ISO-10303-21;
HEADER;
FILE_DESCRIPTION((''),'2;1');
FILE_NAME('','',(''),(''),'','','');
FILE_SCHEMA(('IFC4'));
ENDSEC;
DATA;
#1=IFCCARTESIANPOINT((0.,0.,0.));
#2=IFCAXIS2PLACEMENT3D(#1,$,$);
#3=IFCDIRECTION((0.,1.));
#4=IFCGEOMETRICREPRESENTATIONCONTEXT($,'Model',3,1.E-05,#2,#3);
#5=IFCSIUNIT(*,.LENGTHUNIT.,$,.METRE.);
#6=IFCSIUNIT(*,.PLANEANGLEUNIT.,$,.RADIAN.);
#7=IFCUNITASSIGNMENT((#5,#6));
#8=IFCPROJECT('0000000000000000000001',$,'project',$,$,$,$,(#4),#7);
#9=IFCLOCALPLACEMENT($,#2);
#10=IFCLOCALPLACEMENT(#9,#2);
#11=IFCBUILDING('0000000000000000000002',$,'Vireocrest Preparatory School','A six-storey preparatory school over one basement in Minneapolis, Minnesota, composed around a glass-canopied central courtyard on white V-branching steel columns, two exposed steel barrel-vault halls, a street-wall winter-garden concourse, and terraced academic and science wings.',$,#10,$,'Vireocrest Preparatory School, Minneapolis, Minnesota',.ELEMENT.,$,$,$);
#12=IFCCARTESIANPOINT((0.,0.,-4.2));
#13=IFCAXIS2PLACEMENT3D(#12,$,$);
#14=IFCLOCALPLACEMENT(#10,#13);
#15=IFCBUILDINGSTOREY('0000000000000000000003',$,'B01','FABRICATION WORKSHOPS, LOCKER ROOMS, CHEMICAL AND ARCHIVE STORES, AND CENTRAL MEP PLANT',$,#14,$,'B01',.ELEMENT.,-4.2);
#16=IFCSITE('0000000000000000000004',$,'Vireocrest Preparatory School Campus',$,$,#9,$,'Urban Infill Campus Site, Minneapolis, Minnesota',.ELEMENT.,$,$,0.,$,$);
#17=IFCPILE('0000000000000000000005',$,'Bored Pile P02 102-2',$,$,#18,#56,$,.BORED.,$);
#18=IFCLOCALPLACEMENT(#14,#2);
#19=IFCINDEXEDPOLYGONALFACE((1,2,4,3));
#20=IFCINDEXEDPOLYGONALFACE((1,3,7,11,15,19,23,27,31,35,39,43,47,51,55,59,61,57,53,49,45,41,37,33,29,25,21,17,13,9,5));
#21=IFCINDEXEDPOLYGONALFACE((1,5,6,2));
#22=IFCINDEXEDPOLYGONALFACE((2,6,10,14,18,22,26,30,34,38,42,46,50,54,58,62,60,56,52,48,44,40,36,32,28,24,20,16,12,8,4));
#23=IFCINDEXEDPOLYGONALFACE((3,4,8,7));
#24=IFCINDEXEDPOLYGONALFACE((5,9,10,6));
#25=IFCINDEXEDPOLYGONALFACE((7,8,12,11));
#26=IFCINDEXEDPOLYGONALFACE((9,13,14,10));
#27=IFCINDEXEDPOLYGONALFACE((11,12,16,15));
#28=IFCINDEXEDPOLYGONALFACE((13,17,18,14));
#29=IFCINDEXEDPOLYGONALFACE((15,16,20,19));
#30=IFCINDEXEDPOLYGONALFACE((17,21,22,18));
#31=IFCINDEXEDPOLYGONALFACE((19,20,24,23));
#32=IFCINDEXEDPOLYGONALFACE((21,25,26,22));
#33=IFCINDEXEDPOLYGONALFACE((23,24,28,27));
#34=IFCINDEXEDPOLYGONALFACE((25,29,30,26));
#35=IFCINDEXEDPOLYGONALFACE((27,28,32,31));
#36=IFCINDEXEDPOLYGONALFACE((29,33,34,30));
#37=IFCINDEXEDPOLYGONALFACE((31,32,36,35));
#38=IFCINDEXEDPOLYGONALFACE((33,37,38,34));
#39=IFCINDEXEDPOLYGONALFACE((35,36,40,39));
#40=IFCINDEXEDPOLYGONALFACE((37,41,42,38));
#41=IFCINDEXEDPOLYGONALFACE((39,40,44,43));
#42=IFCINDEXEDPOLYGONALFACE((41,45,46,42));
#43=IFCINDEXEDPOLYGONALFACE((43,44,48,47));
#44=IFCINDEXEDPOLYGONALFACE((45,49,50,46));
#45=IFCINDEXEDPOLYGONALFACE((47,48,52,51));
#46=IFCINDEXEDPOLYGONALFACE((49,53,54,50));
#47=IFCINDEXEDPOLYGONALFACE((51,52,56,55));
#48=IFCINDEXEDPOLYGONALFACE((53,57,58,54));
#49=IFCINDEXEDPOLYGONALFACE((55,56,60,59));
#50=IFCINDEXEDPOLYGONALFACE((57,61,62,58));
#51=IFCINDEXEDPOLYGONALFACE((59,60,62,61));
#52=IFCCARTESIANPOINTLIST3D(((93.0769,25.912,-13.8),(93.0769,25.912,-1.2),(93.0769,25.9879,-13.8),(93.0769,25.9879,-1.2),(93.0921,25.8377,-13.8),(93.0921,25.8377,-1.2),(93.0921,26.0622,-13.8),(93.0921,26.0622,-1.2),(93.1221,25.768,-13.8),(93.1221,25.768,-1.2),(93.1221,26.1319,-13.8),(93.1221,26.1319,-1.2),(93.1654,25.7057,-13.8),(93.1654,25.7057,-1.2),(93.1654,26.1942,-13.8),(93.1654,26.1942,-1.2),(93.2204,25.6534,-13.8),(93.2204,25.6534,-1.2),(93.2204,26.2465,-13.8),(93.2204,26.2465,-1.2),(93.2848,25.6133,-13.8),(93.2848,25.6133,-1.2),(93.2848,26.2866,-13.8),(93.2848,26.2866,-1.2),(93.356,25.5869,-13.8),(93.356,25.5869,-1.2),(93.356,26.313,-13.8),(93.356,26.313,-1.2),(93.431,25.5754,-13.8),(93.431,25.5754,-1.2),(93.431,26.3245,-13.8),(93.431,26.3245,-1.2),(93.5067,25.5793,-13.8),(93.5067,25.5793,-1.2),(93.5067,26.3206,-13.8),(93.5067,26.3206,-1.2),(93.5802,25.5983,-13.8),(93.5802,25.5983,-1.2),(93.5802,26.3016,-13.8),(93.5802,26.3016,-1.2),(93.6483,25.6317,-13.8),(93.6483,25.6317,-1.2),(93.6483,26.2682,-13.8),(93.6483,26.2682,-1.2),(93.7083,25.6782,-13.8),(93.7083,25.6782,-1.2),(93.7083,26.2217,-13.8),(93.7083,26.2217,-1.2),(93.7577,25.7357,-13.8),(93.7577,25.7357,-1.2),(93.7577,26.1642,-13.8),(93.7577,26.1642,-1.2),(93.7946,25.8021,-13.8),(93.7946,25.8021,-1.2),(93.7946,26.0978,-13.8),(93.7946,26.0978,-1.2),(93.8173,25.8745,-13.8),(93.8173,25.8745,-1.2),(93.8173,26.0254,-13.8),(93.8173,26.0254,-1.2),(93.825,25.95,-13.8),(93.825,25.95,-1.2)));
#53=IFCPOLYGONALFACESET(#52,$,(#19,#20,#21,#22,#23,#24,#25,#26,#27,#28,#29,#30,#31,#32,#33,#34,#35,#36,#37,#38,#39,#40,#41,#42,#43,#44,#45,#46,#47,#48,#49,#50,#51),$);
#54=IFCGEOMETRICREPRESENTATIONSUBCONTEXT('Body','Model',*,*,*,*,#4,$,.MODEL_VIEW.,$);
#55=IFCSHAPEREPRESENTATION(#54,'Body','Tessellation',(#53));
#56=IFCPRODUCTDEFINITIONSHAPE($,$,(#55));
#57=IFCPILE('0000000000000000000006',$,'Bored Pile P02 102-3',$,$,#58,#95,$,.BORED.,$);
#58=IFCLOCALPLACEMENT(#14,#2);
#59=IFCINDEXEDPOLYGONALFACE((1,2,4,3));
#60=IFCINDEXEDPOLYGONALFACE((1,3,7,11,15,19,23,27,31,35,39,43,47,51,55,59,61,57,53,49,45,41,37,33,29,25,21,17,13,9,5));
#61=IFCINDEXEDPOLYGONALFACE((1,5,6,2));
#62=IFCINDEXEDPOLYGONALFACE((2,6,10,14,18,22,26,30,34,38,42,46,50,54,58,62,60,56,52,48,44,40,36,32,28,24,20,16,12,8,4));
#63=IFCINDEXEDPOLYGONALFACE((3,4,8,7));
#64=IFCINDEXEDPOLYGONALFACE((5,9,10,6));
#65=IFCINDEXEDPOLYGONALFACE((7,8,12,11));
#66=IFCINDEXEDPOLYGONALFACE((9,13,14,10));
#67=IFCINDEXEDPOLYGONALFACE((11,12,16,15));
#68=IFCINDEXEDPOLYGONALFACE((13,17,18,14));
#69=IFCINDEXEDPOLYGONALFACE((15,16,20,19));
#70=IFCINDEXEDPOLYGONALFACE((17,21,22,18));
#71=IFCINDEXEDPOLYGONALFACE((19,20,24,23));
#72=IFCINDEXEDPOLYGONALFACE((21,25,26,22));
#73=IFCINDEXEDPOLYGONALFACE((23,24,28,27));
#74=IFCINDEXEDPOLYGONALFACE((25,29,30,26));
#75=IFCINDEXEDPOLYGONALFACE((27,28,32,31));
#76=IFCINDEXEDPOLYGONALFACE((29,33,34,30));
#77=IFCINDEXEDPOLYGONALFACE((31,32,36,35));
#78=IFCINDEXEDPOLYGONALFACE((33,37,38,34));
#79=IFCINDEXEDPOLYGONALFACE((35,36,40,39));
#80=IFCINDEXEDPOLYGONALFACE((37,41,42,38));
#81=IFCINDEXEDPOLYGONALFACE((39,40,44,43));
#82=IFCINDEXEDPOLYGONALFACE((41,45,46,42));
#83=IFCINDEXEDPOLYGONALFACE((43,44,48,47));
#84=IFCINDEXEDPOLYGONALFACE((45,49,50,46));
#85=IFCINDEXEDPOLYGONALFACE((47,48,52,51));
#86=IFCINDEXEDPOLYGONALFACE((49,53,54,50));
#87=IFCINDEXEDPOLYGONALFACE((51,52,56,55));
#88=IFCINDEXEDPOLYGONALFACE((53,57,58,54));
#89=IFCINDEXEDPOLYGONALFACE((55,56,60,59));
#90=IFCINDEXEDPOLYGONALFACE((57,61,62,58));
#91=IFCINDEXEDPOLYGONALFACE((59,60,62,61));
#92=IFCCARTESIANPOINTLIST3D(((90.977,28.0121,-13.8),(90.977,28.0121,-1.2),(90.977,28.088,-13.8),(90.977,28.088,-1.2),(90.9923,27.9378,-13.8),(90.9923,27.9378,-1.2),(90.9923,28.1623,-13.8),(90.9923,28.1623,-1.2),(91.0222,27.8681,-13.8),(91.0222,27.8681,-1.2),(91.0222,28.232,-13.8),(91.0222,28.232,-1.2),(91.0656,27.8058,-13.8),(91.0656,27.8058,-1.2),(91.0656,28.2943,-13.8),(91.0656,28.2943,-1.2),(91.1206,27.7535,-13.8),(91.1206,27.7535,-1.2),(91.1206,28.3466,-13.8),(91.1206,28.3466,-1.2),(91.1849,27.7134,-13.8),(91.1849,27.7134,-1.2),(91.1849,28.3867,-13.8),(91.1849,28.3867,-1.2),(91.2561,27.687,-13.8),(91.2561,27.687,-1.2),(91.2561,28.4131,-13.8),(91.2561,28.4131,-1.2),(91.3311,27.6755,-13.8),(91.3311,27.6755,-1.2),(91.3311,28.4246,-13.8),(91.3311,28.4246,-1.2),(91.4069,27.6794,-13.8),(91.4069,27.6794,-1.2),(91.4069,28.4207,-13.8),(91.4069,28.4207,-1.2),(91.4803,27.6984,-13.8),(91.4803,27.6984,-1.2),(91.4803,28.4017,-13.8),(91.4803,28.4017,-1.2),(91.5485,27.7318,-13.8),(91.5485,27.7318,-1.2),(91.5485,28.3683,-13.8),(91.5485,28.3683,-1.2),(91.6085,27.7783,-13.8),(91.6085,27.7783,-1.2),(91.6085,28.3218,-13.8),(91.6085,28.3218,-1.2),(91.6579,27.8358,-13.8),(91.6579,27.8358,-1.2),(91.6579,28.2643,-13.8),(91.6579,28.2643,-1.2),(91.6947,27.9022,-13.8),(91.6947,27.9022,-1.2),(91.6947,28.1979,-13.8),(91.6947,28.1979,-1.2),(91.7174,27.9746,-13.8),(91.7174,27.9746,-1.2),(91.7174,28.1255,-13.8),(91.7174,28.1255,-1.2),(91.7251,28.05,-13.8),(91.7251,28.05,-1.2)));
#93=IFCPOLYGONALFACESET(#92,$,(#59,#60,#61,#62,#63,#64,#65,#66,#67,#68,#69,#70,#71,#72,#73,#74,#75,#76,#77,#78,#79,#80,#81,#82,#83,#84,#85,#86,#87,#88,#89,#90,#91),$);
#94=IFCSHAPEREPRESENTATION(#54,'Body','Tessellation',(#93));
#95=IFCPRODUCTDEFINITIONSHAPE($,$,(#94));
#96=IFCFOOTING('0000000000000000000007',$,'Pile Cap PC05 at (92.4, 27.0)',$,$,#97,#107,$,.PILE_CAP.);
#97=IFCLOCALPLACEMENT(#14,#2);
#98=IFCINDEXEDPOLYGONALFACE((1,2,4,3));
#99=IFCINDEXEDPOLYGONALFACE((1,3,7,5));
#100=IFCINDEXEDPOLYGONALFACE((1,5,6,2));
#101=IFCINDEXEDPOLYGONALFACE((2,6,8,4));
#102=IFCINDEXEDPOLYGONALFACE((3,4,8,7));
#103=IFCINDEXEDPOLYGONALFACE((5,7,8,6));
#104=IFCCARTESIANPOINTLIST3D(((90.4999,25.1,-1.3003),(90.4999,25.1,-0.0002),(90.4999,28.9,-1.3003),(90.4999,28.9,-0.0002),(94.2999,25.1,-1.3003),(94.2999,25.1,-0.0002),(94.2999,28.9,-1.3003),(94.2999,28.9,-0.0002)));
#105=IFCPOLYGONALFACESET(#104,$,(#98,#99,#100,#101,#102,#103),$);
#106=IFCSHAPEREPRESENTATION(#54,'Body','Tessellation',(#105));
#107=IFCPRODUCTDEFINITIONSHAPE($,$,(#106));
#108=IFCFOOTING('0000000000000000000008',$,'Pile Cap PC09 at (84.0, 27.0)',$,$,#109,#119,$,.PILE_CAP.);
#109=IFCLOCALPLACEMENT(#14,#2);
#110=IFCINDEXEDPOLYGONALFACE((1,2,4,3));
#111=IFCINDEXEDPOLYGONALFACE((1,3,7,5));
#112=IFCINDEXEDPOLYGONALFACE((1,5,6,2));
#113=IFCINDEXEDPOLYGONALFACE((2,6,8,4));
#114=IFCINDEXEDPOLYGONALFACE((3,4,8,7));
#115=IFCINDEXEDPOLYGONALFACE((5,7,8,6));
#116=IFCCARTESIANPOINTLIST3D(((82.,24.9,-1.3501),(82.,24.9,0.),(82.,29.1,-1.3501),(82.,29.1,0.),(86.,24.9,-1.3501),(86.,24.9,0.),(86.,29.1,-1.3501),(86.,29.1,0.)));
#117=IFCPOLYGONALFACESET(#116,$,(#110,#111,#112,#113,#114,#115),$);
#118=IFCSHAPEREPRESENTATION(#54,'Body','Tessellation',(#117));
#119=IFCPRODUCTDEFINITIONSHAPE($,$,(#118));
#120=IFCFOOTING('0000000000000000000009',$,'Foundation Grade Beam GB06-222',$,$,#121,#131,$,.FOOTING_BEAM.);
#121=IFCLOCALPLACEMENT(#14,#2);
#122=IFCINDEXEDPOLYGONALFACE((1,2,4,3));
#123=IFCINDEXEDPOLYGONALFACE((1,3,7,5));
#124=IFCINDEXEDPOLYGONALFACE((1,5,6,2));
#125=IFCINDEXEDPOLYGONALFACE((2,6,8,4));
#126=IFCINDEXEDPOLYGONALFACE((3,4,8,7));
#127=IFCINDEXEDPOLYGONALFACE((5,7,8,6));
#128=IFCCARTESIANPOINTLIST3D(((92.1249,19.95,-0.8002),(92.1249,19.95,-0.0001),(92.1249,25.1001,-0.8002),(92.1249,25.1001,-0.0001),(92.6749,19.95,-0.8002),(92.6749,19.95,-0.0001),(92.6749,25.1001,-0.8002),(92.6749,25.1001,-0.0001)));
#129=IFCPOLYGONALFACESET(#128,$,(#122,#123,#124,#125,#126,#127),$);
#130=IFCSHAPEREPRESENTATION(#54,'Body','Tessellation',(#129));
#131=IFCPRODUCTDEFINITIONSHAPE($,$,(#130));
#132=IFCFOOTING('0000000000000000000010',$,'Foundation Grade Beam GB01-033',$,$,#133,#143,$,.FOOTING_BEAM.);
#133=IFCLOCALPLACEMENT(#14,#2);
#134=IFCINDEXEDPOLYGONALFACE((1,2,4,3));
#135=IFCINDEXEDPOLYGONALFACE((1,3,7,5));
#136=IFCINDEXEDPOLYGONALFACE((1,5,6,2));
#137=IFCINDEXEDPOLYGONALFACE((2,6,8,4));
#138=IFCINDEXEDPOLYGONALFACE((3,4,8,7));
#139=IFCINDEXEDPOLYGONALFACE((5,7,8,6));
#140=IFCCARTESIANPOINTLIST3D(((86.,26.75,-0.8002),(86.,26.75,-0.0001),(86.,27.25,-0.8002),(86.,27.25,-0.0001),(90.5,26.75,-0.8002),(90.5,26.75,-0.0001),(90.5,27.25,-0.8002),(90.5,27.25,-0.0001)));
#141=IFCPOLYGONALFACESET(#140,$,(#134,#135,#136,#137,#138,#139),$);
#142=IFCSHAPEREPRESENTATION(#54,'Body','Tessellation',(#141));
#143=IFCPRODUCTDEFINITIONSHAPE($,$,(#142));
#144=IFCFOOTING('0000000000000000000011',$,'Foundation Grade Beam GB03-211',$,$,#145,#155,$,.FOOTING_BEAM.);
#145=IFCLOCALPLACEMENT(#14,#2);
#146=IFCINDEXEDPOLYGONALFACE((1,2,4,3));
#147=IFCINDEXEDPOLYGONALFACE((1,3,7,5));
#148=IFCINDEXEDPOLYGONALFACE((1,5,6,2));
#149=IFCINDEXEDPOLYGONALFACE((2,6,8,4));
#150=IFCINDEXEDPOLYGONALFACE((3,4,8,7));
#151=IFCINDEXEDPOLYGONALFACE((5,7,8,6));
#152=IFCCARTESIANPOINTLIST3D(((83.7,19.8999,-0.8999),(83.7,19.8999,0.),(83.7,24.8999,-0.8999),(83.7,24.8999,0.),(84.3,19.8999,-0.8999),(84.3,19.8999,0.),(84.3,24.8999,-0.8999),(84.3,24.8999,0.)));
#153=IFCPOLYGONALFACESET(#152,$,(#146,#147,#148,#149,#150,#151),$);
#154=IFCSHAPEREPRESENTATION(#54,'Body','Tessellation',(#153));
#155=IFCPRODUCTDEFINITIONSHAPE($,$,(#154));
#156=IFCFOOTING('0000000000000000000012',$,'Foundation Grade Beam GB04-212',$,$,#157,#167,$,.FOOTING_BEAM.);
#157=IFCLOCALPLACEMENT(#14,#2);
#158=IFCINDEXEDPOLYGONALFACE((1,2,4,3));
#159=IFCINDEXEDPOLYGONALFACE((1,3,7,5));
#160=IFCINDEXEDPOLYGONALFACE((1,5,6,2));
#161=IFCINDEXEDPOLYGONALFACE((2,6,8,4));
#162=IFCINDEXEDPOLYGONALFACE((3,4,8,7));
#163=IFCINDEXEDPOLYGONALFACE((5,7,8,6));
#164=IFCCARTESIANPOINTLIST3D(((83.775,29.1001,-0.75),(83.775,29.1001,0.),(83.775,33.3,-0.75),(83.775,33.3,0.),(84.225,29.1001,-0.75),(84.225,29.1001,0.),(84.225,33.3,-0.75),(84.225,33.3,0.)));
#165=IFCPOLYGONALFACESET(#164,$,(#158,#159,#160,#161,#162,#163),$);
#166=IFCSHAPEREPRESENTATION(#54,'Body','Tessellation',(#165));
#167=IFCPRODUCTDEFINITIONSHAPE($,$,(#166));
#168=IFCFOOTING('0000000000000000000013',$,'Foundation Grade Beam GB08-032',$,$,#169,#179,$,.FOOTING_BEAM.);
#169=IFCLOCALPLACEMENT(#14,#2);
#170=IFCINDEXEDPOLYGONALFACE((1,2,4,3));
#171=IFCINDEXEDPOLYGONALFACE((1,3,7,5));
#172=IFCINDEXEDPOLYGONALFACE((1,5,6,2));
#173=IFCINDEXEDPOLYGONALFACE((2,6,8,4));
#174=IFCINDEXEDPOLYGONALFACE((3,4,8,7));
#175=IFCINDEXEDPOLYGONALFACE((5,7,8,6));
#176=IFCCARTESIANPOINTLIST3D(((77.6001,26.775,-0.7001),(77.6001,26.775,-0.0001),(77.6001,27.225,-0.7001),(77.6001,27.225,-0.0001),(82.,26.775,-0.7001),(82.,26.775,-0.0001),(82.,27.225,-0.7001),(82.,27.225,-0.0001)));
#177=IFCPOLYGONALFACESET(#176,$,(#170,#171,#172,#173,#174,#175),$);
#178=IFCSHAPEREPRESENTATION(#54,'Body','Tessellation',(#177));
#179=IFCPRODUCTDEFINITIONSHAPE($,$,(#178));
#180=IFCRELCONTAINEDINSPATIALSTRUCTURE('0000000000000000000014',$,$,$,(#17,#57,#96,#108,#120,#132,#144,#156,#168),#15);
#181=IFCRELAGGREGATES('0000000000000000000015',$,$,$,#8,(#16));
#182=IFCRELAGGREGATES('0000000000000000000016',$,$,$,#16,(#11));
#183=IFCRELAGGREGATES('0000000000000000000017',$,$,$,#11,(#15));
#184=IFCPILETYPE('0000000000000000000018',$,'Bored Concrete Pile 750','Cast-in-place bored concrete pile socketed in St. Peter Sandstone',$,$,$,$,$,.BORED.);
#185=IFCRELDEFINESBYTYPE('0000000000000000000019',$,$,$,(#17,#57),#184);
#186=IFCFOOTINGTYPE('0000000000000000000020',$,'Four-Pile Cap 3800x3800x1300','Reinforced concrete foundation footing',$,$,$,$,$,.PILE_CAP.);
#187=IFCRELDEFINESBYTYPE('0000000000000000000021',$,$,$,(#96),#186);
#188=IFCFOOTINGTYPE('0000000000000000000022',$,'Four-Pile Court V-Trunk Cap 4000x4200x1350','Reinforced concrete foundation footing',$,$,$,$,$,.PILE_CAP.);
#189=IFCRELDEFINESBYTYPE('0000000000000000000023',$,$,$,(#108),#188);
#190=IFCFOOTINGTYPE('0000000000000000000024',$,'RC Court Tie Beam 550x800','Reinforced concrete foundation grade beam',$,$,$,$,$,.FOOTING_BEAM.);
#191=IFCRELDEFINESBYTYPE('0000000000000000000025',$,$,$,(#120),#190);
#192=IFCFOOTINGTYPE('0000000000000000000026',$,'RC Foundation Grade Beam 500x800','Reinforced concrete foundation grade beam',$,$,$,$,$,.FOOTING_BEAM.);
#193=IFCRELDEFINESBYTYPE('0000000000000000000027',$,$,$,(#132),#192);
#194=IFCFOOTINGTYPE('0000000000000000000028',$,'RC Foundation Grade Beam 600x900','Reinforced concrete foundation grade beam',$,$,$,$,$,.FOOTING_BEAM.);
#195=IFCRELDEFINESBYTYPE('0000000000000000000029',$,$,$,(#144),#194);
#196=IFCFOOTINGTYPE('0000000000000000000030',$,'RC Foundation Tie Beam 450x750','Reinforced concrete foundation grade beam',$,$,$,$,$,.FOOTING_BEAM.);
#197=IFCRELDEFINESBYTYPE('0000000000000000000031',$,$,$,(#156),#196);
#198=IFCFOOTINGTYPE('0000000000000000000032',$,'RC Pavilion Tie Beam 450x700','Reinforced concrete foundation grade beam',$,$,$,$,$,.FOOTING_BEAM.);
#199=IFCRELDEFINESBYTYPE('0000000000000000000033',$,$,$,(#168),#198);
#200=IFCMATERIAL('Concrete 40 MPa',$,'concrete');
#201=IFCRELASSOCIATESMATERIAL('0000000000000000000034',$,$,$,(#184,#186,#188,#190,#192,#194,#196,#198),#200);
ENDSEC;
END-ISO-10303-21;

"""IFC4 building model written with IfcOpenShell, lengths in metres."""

from ifc_helpers import new_model, si_unit, direction, frame, origin, origin_2d, place, context, subcontext, project, spatial, rectangle, circle, extrude, material, material_profile, profile_set, type_object, element, save


model = new_model("IFC4")

# Units and contexts
model_context = context("Model", 3, precision=1e-05, world=origin(), true_north=direction((0.0, 1.0)))
body_context = subcontext(model_context, "Body", "Model", "MODEL_VIEW")
ifc_project = project(units=[si_unit("LENGTHUNIT", "METRE"), si_unit("PLANEANGLEUNIT", "RADIAN")], contexts=[model_context])

# Site, building, storey
site_placement = place(None, origin())
site = spatial("IfcSite", under=ifc_project, at=site_placement, Name="Vireocrest Preparatory School Campus", LongName="Urban Infill Campus Site, Minneapolis, Minnesota", CompositionType="ELEMENT", RefElevation=0.0)
building_placement = place(site_placement, origin())
building = spatial("IfcBuilding", under=site, at=building_placement, Name="Vireocrest Preparatory School", Description="A six-storey preparatory school over one basement in Minneapolis, Minnesota, composed around a glass-canopied central courtyard on white V-branching steel columns, two exposed steel barrel-vault halls, a street-wall winter-garden concourse, and terraced academic and science wings.", LongName="Vireocrest Preparatory School, Minneapolis, Minnesota", CompositionType="ELEMENT")
storey_placement = place(building_placement, frame((0.0, 0.0, -4.2)))
storey = spatial("IfcBuildingStorey", under=building, at=storey_placement, Name="B01", Description="FABRICATION WORKSHOPS, LOCKER ROOMS, CHEMICAL AND ARCHIVE STORES, AND CENTRAL MEP PLANT", LongName="B01", CompositionType="ELEMENT", Elevation=-4.2)

# Piles
ifc_material_1 = material(Name="Concrete 40 MPa", Category="concrete")
ifc_material_profile_1 = material_profile(ifc_material_1, circle(Radius=0.375, at=origin_2d()), Name="BORED PILE 750")
ifc_profile_set_1 = profile_set([ifc_material_profile_1], Name="Concrete 40 MPa")
pile_type = type_object("IfcPileType", Name="Bored Concrete Pile 750", Description="Cast-in-place bored concrete pile socketed in St. Peter Sandstone", PredefinedType="BORED", material=ifc_profile_set_1)
for number, where, z_axis, x_axis, name in (
    (1, (93.45, 25.95, -1.2), (0.0, 0.0, -1.0), (1.0, 0.0, 0.0), "Bored Pile P02 102-2"),
    (2, (91.3501, 28.05, -1.2), (0.0, 0.0, -1.0), (1.0, 0.0, 0.0), "Bored Pile P02 102-3"),
):
    element("IfcPile", number, at=place(storey_placement, frame(where, z_axis=z_axis, x_axis=x_axis)), inside=storey, type_object=pile_type, Name=name, PredefinedType="BORED", context=body_context, shape_type="SweptSolid", body=[
        extrude(circle(Radius=0.375, at=origin_2d()), origin(), (0.0, 0.0, 1.0), 12.6001),
    ])

# Footings
footing_type_1 = type_object("IfcFootingType", Name="Four-Pile Cap 3800x3800x1300", Description="Reinforced concrete foundation footing", PredefinedType="PILE_CAP", material=ifc_material_1)
footing_1_placement = place(storey_placement, frame((92.3999, 27.0, -1.3003), z_axis=(0.0, 0.0, 1.0), x_axis=(1.0, 0.0, 0.0)))
element("IfcFooting", 3, at=footing_1_placement, inside=storey, type_object=footing_type_1, Name="Pile Cap PC05 at (92.4, 27.0)", PredefinedType="PILE_CAP", context=body_context, shape_type="SweptSolid", body=[
    extrude(rectangle(XDim=3.8, YDim=3.8, at=origin_2d()), origin(), (0.0, 0.0, 1.0), 1.3),
])
footing_type_2 = type_object("IfcFootingType", Name="Four-Pile Court V-Trunk Cap 4000x4200x1350", Description="Reinforced concrete foundation footing", PredefinedType="PILE_CAP", material=ifc_material_1)
footing_2_placement = place(storey_placement, frame((84.0, 27.0, -1.3501), z_axis=(0.0, 0.0, 1.0), x_axis=(1.0, 0.0, 0.0)))
element("IfcFooting", 4, at=footing_2_placement, inside=storey, type_object=footing_type_2, Name="Pile Cap PC09 at (84.0, 27.0)", PredefinedType="PILE_CAP", context=body_context, shape_type="SweptSolid", body=[
    extrude(rectangle(XDim=4.0, YDim=4.2, at=origin_2d()), origin(), (0.0, 0.0, 1.0), 1.3501),
])
ifc_material_profile_2 = material_profile(ifc_material_1, rectangle(XDim=0.55, YDim=0.8, at=origin_2d()), Name="GB 550x800")
ifc_profile_set_2 = profile_set([ifc_material_profile_2], Name="Concrete 40 MPa")
footing_type_3 = type_object("IfcFootingType", Name="RC Court Tie Beam 550x800", Description="Reinforced concrete foundation grade beam", PredefinedType="FOOTING_BEAM", material=ifc_profile_set_2)
footing_3_placement = place(storey_placement, frame((92.3999, 19.95, -0.4001), z_axis=(0.0, 1.0, 0.0), x_axis=(-1.0, 0.0, 0.0)))
element("IfcFooting", 5, at=footing_3_placement, inside=storey, type_object=footing_type_3, Name="Foundation Grade Beam GB06-222", PredefinedType="FOOTING_BEAM", context=body_context, shape_type="SweptSolid", body=[
    extrude(rectangle(XDim=0.55, YDim=0.8, at=origin_2d()), origin(), (0.0, 0.0, 1.0), 5.1501),
])
ifc_material_profile_3 = material_profile(ifc_material_1, rectangle(XDim=0.5, YDim=0.8, at=origin_2d()), Name="GB 500x800")
ifc_profile_set_3 = profile_set([ifc_material_profile_3], Name="Concrete 40 MPa")
footing_type_4 = type_object("IfcFootingType", Name="RC Foundation Grade Beam 500x800", Description="Reinforced concrete foundation grade beam", PredefinedType="FOOTING_BEAM", material=ifc_profile_set_3)
footing_4_placement = place(storey_placement, frame((86.0, 27.0, -0.4001), z_axis=(1.0, 0.0, 0.0), x_axis=(0.0, 1.0, 0.0)))
element("IfcFooting", 6, at=footing_4_placement, inside=storey, type_object=footing_type_4, Name="Foundation Grade Beam GB01-033", PredefinedType="FOOTING_BEAM", context=body_context, shape_type="SweptSolid", body=[
    extrude(rectangle(XDim=0.5, YDim=0.8, at=origin_2d()), origin(), (0.0, 0.0, 1.0), 4.5),
])
ifc_material_profile_4 = material_profile(ifc_material_1, rectangle(XDim=0.6001, YDim=0.8999, at=origin_2d()), Name="GB 600x900")
ifc_profile_set_4 = profile_set([ifc_material_profile_4], Name="Concrete 40 MPa")
footing_type_5 = type_object("IfcFootingType", Name="RC Foundation Grade Beam 600x900", Description="Reinforced concrete foundation grade beam", PredefinedType="FOOTING_BEAM", material=ifc_profile_set_4)
footing_5_placement = place(storey_placement, frame((84.0, 19.8999, -0.45), z_axis=(0.0, 1.0, 0.0), x_axis=(-1.0, 0.0, 0.0)))
element("IfcFooting", 7, at=footing_5_placement, inside=storey, type_object=footing_type_5, Name="Foundation Grade Beam GB03-211", PredefinedType="FOOTING_BEAM", context=body_context, shape_type="SweptSolid", body=[
    extrude(rectangle(XDim=0.6001, YDim=0.8999, at=origin_2d()), origin(), (0.0, 0.0, 1.0), 5.0),
])
ifc_material_profile_5 = material_profile(ifc_material_1, rectangle(XDim=0.45, YDim=0.75, at=origin_2d()), Name="GB 450x750")
ifc_profile_set_5 = profile_set([ifc_material_profile_5], Name="Concrete 40 MPa")
footing_type_6 = type_object("IfcFootingType", Name="RC Foundation Tie Beam 450x750", Description="Reinforced concrete foundation grade beam", PredefinedType="FOOTING_BEAM", material=ifc_profile_set_5)
footing_6_placement = place(storey_placement, frame((84.0, 29.1001, -0.375), z_axis=(0.0, 1.0, 0.0), x_axis=(-1.0, 0.0, 0.0)))
element("IfcFooting", 8, at=footing_6_placement, inside=storey, type_object=footing_type_6, Name="Foundation Grade Beam GB04-212", PredefinedType="FOOTING_BEAM", context=body_context, shape_type="SweptSolid", body=[
    extrude(rectangle(XDim=0.45, YDim=0.75, at=origin_2d()), origin(), (0.0, 0.0, 1.0), 4.2),
])
ifc_material_profile_6 = material_profile(ifc_material_1, rectangle(XDim=0.45, YDim=0.7, at=origin_2d()), Name="GB 450x700")
ifc_profile_set_6 = profile_set([ifc_material_profile_6], Name="Concrete 40 MPa")
footing_type_7 = type_object("IfcFootingType", Name="RC Pavilion Tie Beam 450x700", Description="Reinforced concrete foundation grade beam", PredefinedType="FOOTING_BEAM", material=ifc_profile_set_6)
footing_7_placement = place(storey_placement, frame((77.6001, 27.0, -0.3501), z_axis=(1.0, 0.0, 0.0), x_axis=(0.0, 1.0, 0.0)))
element("IfcFooting", 9, at=footing_7_placement, inside=storey, type_object=footing_type_7, Name="Foundation Grade Beam GB08-032", PredefinedType="FOOTING_BEAM", context=body_context, shape_type="SweptSolid", body=[
    extrude(rectangle(XDim=0.45, YDim=0.7, at=origin_2d()), origin(), (0.0, 0.0, 1.0), 4.3999),
])

save(model, "model.ifc")
